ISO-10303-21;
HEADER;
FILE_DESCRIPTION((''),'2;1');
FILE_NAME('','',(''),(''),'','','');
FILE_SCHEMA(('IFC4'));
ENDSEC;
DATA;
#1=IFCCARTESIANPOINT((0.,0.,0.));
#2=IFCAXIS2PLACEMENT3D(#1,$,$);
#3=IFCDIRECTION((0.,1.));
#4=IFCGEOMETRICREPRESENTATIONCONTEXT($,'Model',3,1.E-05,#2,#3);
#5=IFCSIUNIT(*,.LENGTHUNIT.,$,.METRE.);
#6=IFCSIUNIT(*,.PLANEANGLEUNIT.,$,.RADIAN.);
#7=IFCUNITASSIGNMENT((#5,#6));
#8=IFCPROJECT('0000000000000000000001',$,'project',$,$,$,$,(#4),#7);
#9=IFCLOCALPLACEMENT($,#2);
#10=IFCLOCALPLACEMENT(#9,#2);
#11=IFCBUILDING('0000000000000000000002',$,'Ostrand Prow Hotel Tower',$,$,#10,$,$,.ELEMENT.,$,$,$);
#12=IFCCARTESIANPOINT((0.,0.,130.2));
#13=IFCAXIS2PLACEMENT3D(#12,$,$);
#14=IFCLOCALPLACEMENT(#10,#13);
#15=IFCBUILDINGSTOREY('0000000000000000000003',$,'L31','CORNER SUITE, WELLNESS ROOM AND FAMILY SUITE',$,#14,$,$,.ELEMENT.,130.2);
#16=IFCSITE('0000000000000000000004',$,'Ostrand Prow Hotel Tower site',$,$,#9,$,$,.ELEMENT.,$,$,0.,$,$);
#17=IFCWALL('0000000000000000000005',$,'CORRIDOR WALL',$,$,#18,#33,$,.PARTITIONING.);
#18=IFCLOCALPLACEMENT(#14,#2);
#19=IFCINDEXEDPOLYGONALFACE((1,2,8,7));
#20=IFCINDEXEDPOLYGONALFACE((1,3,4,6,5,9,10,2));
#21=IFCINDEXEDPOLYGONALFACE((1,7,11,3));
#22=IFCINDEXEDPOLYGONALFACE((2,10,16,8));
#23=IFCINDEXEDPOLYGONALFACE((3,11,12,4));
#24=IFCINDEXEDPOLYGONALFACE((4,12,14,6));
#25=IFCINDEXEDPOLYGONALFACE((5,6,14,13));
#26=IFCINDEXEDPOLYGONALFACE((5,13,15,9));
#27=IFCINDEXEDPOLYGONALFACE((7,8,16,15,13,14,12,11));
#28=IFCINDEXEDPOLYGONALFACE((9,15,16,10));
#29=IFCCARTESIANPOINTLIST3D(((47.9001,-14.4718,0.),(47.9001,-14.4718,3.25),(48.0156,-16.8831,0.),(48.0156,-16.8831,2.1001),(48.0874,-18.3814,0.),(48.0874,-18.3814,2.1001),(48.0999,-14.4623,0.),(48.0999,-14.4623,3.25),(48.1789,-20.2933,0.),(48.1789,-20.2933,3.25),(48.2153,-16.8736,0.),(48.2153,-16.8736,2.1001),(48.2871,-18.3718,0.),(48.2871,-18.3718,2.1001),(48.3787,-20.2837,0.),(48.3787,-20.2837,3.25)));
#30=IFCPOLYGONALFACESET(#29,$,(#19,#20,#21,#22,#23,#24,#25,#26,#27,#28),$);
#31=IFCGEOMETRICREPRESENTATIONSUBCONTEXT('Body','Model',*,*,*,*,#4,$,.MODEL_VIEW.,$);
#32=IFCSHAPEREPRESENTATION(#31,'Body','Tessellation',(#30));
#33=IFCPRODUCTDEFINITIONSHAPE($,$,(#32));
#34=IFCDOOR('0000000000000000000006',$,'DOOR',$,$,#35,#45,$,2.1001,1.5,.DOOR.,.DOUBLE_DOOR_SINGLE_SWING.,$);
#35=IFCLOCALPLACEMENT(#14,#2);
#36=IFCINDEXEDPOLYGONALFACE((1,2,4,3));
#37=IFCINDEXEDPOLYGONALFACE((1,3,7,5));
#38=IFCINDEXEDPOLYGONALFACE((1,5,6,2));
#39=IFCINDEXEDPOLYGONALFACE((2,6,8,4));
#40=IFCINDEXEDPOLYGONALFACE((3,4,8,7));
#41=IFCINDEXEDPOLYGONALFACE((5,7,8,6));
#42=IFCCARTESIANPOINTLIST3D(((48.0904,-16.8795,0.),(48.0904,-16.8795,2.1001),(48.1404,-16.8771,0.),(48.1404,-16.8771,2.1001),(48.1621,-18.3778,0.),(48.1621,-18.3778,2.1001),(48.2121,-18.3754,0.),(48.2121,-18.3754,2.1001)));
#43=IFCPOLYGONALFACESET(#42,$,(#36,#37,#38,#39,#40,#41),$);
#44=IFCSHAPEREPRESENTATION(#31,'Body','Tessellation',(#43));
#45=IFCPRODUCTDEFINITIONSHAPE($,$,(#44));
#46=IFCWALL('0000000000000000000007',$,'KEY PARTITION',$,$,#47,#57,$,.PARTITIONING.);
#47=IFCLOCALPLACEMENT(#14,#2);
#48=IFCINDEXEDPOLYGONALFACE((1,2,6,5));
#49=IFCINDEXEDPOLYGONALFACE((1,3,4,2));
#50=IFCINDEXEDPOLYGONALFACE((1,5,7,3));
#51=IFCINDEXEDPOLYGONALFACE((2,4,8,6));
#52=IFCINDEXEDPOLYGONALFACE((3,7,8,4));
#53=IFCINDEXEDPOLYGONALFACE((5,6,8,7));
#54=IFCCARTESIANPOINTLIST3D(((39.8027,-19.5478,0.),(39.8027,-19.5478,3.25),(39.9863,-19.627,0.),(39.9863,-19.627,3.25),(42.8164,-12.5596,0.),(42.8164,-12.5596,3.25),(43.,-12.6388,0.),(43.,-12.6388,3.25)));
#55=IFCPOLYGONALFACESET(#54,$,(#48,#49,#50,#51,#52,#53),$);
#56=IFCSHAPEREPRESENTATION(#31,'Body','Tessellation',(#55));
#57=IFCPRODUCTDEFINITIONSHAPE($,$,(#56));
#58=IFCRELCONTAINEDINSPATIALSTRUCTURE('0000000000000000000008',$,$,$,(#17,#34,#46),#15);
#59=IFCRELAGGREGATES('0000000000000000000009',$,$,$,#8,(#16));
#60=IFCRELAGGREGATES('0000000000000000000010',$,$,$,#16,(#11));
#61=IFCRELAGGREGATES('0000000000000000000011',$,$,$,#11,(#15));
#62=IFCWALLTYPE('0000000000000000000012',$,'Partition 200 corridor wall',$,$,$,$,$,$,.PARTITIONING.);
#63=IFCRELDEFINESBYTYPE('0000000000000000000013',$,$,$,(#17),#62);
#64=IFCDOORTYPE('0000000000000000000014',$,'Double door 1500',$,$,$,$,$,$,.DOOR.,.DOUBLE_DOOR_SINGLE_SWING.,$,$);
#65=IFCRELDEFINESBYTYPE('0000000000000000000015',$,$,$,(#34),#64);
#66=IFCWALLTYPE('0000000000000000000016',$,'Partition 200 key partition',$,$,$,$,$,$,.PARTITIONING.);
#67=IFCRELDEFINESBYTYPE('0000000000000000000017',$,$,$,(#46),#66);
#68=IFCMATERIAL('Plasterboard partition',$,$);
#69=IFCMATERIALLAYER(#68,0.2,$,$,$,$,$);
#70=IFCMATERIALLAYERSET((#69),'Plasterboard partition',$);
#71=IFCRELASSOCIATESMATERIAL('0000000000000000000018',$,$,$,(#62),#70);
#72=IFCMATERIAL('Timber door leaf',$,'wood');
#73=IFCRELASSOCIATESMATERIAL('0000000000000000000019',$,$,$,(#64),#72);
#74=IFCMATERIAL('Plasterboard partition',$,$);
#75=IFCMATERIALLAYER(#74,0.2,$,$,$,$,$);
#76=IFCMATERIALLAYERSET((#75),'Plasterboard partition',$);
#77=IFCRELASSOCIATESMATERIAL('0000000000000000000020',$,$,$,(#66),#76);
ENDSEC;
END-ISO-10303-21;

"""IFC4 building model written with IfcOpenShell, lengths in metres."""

from ifc_helpers import new_model, si_unit, direction, frame, frame_2d, origin, place, context, subcontext, project, spatial, rectangle, extrude, material, layer, layer_set, type_object, element, fill, save


model = new_model("IFC4")

# Units and contexts
model_context = context("Model", 3, precision=1e-05, world=origin(), true_north=direction((0.0, 1.0)))
body_context = subcontext(model_context, "Body", "Model", "MODEL_VIEW")
ifc_project = project(units=[si_unit("LENGTHUNIT", "METRE"), si_unit("PLANEANGLEUNIT", "RADIAN")], contexts=[model_context])

# Site, building, storey
site_placement = place(None, origin())
site = spatial("IfcSite", under=ifc_project, at=site_placement, Name="Ostrand Prow Hotel Tower site", CompositionType="ELEMENT", RefElevation=0.0)
building_placement = place(site_placement, origin())
building = spatial("IfcBuilding", under=site, at=building_placement, Name="Ostrand Prow Hotel Tower", CompositionType="ELEMENT")
storey_placement = place(building_placement, frame((0.0, 0.0, 130.2)))
storey = spatial("IfcBuildingStorey", under=building, at=storey_placement, Name="L31", Description="CORNER SUITE, WELLNESS ROOM AND FAMILY SUITE", CompositionType="ELEMENT", Elevation=130.2)

# Shared definitions
ifc_material_1 = material(Name="Plasterboard partition")
ifc_layer_1 = layer(ifc_material_1, 0.2)
ifc_layer_set_1 = layer_set([ifc_layer_1], Name="Plasterboard partition")
wall_type_1 = type_object("IfcWallType", Name="Partition 200 corridor wall", PredefinedType="PARTITIONING", material=ifc_layer_set_1)

# Wall, opening, door
wall_1_placement = place(storey_placement, frame((48.0, -14.467, 0.0), z_axis=(0.0, 0.0, 1.0), x_axis=(0.047838, -0.998855, 0.0)))
wall_1 = element("IfcWall", 1, at=wall_1_placement, inside=storey, type_object=wall_type_1, Name="CORRIDOR WALL", PredefinedType="PARTITIONING", context=body_context, shape_type="SweptSolid", body=[
    extrude(rectangle(XDim=5.8281, YDim=0.2, at=frame_2d((2.9141, 0.0))), origin(), (0.0, 0.0, 1.0), 3.25),
])
opening_1_placement = place(wall_1_placement, frame((2.4141, 0.0, 0.0)))
opening_1 = element("IfcOpeningElement", 2, at=opening_1_placement, cuts=wall_1, PredefinedType="OPENING", context=body_context, shape_type="SweptSolid", body=[
    extrude(rectangle(XDim=1.5, YDim=2.1001, at=frame_2d((0.75, 1.05))), frame((0.0, 0.1099, 0.0), z_axis=(0.0, -1.0, 0.0), x_axis=(1.0, 0.0, 0.0)), (0.0, 0.0, 1.0), 0.22),
])
ifc_material_2 = material(Name="Timber door leaf", Category="wood")
door_type_1 = type_object("IfcDoorType", Name="Double door 1500", OperationType="DOUBLE_DOOR_SINGLE_SWING", PredefinedType="DOOR", material=ifc_material_2)
door_1_placement = place(opening_1_placement, origin())
door_1 = element("IfcDoor", 3, at=door_1_placement, inside=storey, type_object=door_type_1, Name="DOOR", OperationType="DOUBLE_DOOR_SINGLE_SWING", OverallHeight=2.1001, OverallWidth=1.5, PredefinedType="DOOR", context=body_context, shape_type="SweptSolid", body=[
    extrude(rectangle(XDim=1.5, YDim=2.1001, at=frame_2d((0.75, 1.05))), frame((0.0, 0.0249, 0.0), z_axis=(0.0, -1.0, 0.0), x_axis=(1.0, 0.0, 0.0)), (0.0, 0.0, 1.0), 0.05),
])
fill(opening_1, door_1)

# Wall
ifc_material_3 = material(Name="Plasterboard partition")
ifc_layer_2 = layer(ifc_material_3, 0.2)
ifc_layer_set_2 = layer_set([ifc_layer_2], Name="Plasterboard partition")
wall_type_2 = type_object("IfcWallType", Name="Partition 200 key partition", PredefinedType="PARTITIONING", material=ifc_layer_set_2)
wall_2_placement = place(storey_placement, frame((39.8945, -19.5874, 0.0), z_axis=(0.0, 0.0, 1.0), x_axis=(0.395994, 0.918253, 0.0)))
element("IfcWall", 4, at=wall_2_placement, inside=storey, type_object=wall_type_2, Name="KEY PARTITION", PredefinedType="PARTITIONING", context=body_context, shape_type="SweptSolid", body=[
    extrude(rectangle(XDim=7.6104, YDim=0.2, at=frame_2d((3.8052, 0.0))), origin(), (0.0, 0.0, 1.0), 3.25),
])

save(model, "model.ifc")
